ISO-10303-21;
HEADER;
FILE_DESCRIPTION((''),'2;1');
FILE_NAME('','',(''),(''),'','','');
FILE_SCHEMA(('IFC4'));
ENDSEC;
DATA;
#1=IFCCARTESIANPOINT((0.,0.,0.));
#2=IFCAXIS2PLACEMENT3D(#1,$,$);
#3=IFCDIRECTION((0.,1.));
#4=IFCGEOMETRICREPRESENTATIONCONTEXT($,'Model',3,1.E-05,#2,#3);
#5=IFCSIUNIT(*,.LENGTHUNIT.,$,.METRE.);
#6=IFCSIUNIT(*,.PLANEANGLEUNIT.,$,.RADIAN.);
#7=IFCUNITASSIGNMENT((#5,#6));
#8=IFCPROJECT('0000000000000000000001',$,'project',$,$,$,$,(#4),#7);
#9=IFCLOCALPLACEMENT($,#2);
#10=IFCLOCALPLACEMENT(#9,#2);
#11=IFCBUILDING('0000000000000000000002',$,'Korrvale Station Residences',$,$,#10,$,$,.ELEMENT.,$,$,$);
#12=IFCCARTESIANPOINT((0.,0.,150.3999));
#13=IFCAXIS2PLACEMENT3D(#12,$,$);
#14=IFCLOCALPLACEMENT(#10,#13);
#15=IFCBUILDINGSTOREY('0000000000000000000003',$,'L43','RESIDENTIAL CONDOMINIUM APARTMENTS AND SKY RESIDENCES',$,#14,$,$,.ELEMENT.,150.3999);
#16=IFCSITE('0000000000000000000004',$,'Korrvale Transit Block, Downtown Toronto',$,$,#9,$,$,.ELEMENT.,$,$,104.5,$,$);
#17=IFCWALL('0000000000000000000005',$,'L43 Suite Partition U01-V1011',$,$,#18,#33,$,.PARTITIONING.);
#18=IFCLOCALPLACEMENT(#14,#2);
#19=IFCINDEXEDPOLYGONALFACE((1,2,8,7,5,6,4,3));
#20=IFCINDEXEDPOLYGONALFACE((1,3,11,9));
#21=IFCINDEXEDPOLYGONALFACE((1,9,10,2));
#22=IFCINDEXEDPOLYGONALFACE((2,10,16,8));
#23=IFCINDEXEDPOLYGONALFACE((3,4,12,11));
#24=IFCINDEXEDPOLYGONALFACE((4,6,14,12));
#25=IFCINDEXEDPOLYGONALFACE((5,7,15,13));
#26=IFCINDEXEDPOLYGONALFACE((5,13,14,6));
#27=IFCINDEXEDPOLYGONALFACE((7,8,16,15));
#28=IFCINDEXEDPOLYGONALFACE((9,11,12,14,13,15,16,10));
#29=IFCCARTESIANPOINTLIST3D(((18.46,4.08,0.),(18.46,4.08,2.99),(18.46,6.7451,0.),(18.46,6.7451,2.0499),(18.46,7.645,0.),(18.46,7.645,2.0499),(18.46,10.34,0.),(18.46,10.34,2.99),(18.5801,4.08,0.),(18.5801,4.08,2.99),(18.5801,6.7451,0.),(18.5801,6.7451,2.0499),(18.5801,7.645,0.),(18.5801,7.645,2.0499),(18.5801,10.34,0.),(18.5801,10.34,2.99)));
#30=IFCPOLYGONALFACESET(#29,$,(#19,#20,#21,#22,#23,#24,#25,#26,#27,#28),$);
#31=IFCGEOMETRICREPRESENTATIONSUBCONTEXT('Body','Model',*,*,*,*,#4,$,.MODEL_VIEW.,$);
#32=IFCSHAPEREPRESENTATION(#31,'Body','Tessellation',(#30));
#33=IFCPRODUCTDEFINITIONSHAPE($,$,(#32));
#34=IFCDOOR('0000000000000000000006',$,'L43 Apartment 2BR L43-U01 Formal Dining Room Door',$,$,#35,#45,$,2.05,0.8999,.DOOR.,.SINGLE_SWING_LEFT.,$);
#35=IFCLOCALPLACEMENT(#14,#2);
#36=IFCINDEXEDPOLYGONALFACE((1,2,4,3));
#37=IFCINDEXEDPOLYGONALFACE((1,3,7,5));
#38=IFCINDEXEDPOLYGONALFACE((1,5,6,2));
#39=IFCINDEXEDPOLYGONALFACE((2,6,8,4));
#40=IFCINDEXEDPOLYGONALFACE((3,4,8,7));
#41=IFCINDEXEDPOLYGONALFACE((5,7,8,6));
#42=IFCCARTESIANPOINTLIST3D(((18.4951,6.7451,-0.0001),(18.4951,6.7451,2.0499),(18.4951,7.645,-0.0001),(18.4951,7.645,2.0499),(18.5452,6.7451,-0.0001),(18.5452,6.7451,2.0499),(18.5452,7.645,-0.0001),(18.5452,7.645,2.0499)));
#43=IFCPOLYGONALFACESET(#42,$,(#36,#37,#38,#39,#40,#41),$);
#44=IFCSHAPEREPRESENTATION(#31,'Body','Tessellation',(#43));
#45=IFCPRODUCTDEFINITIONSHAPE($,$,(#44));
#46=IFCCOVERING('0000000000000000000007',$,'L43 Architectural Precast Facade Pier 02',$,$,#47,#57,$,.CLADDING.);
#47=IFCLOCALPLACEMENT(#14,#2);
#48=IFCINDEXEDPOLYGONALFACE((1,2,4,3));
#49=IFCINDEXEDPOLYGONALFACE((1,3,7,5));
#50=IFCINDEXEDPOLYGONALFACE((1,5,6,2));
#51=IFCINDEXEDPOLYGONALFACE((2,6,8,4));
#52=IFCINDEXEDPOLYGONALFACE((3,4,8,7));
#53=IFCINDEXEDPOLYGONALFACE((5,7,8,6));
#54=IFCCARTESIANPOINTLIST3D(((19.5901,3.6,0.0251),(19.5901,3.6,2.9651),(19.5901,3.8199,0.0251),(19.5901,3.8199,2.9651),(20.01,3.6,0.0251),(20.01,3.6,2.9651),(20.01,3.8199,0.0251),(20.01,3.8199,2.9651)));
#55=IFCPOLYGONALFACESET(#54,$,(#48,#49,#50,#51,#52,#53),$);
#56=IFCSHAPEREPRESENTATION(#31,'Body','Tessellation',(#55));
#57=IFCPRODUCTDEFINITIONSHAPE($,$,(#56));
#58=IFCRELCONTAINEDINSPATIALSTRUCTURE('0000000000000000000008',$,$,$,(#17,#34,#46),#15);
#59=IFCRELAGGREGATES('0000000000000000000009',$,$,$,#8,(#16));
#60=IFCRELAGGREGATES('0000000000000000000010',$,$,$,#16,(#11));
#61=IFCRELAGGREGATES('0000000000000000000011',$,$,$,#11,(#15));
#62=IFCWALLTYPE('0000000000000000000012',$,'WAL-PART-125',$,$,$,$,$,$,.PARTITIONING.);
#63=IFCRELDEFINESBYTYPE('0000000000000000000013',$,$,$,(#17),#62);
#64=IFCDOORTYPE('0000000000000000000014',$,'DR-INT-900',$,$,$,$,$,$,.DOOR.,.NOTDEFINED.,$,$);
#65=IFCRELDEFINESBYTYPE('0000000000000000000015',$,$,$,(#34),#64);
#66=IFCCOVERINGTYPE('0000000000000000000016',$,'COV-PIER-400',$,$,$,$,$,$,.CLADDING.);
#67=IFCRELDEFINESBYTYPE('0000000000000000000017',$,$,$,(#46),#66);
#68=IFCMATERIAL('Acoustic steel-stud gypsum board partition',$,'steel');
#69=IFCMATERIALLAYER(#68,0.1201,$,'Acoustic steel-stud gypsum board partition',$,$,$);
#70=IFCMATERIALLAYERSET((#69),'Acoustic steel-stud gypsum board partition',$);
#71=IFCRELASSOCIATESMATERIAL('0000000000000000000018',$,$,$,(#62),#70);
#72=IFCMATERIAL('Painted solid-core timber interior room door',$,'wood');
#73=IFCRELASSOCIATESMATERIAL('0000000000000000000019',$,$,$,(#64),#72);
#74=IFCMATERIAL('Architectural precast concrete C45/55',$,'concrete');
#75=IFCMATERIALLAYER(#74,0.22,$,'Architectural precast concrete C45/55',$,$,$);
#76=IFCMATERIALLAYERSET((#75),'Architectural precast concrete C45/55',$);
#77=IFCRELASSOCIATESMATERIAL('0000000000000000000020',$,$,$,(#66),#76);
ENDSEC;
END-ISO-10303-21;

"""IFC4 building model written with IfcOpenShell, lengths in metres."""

from ifc_helpers import new_model, si_unit, direction, frame, frame_2d, origin, origin_2d, place, context, subcontext, project, spatial, rectangle, extrude, material, layer, layer_set, type_object, element, fill, save


model = new_model("IFC4")

# Units and contexts
model_context = context("Model", 3, precision=1e-05, world=origin(), true_north=direction((0.0, 1.0)))
body_context = subcontext(model_context, "Body", "Model", "MODEL_VIEW")
ifc_project = project(units=[si_unit("LENGTHUNIT", "METRE"), si_unit("PLANEANGLEUNIT", "RADIAN")], contexts=[model_context])

# Site, building, storey
site_placement = place(None, origin())
site = spatial("IfcSite", under=ifc_project, at=site_placement, Name="Korrvale Transit Block, Downtown Toronto", CompositionType="ELEMENT", RefElevation=104.5)
building_placement = place(site_placement, origin())
building = spatial("IfcBuilding", under=site, at=building_placement, Name="Korrvale Station Residences", CompositionType="ELEMENT")
storey_placement = place(building_placement, frame((0.0, 0.0, 150.3999)))
storey = spatial("IfcBuildingStorey", under=building, at=storey_placement, Name="L43", Description="RESIDENTIAL CONDOMINIUM APARTMENTS AND SKY RESIDENCES", CompositionType="ELEMENT", Elevation=150.3999)

# Shared definitions
ifc_material_1 = material(Name="Acoustic steel-stud gypsum board partition", Category="steel")
ifc_layer_1 = layer(ifc_material_1, 0.1201, Name="Acoustic steel-stud gypsum board partition")
ifc_layer_set_1 = layer_set([ifc_layer_1], Name="Acoustic steel-stud gypsum board partition")
wall_type_1 = type_object("IfcWallType", Name="WAL-PART-125", PredefinedType="PARTITIONING", material=ifc_layer_set_1)
ifc_material_2 = material(Name="Painted solid-core timber interior room door", Category="wood")
door_type_1 = type_object("IfcDoorType", Name="DR-INT-900", OperationType="NOTDEFINED", PredefinedType="DOOR", material=ifc_material_2)

# Wall, opening, door
wall_1_placement = place(storey_placement, frame((18.52, 4.0801, 0.0), z_axis=(0.0, 0.0, 1.0), x_axis=(0.0, 1.0, 0.0)))
wall_1 = element("IfcWall", 1, at=wall_1_placement, inside=storey, type_object=wall_type_1, Name="L43 Suite Partition U01-V1011", PredefinedType="PARTITIONING", context=body_context, shape_type="SweptSolid", body=[
    extrude(rectangle(XDim=6.26, YDim=0.1201, at=frame_2d((3.1299, 0.0))), origin(), (0.0, 0.0, 1.0), 2.99),
])
opening_1_placement = place(wall_1_placement, frame((2.665, 0.0, 0.0)))
opening_1 = element("IfcOpeningElement", 2, at=opening_1_placement, cuts=wall_1, PredefinedType="OPENING", context=body_context, shape_type="SweptSolid", body=[
    extrude(rectangle(XDim=0.8999, YDim=2.05, at=frame_2d((0.45, 1.0249))), frame((0.0, 0.0701, 0.0), z_axis=(0.0, -1.0, 0.0), x_axis=(1.0, 0.0, 0.0)), (0.0, 0.0, 1.0), 0.1401),
])
door_1_placement = place(opening_1_placement, origin())
door_1 = element("IfcDoor", 3, at=door_1_placement, inside=storey, type_object=door_type_1, Name="L43 Apartment 2BR L43-U01 Formal Dining Room Door", OperationType="SINGLE_SWING_LEFT", OverallHeight=2.05, OverallWidth=0.8999, PredefinedType="DOOR", context=body_context, shape_type="SweptSolid", body=[
    extrude(rectangle(XDim=0.8999, YDim=2.05, at=frame_2d((0.45, 1.0249))), frame((0.0, 0.0249, 0.0), z_axis=(0.0, -1.0, 0.0), x_axis=(1.0, 0.0, 0.0)), (0.0, 0.0, 1.0), 0.05),
])
fill(opening_1, door_1)

# Covering
ifc_material_3 = material(Name="Architectural precast concrete C45/55", Category="concrete")
ifc_layer_2 = layer(ifc_material_3, 0.22, Name="Architectural precast concrete C45/55")
ifc_layer_set_2 = layer_set([ifc_layer_2], Name="Architectural precast concrete C45/55")
covering_type = type_object("IfcCoveringType", Name="COV-PIER-400", PredefinedType="CLADDING", material=ifc_layer_set_2)
covering_placement = place(storey_placement, frame((19.8, 3.71, 0.0251), z_axis=(0.0, 0.0, 1.0), x_axis=(1.0, 0.0, 0.0)))
element("IfcCovering", 4, at=covering_placement, inside=storey, type_object=covering_type, Name="L43 Architectural Precast Facade Pier 02", PredefinedType="CLADDING", context=body_context, shape_type="SweptSolid", body=[
    extrude(rectangle(XDim=0.4199, YDim=0.22, at=origin_2d()), origin(), (0.0, 0.0, 1.0), 2.9399),
])

save(model, "model.ifc")
